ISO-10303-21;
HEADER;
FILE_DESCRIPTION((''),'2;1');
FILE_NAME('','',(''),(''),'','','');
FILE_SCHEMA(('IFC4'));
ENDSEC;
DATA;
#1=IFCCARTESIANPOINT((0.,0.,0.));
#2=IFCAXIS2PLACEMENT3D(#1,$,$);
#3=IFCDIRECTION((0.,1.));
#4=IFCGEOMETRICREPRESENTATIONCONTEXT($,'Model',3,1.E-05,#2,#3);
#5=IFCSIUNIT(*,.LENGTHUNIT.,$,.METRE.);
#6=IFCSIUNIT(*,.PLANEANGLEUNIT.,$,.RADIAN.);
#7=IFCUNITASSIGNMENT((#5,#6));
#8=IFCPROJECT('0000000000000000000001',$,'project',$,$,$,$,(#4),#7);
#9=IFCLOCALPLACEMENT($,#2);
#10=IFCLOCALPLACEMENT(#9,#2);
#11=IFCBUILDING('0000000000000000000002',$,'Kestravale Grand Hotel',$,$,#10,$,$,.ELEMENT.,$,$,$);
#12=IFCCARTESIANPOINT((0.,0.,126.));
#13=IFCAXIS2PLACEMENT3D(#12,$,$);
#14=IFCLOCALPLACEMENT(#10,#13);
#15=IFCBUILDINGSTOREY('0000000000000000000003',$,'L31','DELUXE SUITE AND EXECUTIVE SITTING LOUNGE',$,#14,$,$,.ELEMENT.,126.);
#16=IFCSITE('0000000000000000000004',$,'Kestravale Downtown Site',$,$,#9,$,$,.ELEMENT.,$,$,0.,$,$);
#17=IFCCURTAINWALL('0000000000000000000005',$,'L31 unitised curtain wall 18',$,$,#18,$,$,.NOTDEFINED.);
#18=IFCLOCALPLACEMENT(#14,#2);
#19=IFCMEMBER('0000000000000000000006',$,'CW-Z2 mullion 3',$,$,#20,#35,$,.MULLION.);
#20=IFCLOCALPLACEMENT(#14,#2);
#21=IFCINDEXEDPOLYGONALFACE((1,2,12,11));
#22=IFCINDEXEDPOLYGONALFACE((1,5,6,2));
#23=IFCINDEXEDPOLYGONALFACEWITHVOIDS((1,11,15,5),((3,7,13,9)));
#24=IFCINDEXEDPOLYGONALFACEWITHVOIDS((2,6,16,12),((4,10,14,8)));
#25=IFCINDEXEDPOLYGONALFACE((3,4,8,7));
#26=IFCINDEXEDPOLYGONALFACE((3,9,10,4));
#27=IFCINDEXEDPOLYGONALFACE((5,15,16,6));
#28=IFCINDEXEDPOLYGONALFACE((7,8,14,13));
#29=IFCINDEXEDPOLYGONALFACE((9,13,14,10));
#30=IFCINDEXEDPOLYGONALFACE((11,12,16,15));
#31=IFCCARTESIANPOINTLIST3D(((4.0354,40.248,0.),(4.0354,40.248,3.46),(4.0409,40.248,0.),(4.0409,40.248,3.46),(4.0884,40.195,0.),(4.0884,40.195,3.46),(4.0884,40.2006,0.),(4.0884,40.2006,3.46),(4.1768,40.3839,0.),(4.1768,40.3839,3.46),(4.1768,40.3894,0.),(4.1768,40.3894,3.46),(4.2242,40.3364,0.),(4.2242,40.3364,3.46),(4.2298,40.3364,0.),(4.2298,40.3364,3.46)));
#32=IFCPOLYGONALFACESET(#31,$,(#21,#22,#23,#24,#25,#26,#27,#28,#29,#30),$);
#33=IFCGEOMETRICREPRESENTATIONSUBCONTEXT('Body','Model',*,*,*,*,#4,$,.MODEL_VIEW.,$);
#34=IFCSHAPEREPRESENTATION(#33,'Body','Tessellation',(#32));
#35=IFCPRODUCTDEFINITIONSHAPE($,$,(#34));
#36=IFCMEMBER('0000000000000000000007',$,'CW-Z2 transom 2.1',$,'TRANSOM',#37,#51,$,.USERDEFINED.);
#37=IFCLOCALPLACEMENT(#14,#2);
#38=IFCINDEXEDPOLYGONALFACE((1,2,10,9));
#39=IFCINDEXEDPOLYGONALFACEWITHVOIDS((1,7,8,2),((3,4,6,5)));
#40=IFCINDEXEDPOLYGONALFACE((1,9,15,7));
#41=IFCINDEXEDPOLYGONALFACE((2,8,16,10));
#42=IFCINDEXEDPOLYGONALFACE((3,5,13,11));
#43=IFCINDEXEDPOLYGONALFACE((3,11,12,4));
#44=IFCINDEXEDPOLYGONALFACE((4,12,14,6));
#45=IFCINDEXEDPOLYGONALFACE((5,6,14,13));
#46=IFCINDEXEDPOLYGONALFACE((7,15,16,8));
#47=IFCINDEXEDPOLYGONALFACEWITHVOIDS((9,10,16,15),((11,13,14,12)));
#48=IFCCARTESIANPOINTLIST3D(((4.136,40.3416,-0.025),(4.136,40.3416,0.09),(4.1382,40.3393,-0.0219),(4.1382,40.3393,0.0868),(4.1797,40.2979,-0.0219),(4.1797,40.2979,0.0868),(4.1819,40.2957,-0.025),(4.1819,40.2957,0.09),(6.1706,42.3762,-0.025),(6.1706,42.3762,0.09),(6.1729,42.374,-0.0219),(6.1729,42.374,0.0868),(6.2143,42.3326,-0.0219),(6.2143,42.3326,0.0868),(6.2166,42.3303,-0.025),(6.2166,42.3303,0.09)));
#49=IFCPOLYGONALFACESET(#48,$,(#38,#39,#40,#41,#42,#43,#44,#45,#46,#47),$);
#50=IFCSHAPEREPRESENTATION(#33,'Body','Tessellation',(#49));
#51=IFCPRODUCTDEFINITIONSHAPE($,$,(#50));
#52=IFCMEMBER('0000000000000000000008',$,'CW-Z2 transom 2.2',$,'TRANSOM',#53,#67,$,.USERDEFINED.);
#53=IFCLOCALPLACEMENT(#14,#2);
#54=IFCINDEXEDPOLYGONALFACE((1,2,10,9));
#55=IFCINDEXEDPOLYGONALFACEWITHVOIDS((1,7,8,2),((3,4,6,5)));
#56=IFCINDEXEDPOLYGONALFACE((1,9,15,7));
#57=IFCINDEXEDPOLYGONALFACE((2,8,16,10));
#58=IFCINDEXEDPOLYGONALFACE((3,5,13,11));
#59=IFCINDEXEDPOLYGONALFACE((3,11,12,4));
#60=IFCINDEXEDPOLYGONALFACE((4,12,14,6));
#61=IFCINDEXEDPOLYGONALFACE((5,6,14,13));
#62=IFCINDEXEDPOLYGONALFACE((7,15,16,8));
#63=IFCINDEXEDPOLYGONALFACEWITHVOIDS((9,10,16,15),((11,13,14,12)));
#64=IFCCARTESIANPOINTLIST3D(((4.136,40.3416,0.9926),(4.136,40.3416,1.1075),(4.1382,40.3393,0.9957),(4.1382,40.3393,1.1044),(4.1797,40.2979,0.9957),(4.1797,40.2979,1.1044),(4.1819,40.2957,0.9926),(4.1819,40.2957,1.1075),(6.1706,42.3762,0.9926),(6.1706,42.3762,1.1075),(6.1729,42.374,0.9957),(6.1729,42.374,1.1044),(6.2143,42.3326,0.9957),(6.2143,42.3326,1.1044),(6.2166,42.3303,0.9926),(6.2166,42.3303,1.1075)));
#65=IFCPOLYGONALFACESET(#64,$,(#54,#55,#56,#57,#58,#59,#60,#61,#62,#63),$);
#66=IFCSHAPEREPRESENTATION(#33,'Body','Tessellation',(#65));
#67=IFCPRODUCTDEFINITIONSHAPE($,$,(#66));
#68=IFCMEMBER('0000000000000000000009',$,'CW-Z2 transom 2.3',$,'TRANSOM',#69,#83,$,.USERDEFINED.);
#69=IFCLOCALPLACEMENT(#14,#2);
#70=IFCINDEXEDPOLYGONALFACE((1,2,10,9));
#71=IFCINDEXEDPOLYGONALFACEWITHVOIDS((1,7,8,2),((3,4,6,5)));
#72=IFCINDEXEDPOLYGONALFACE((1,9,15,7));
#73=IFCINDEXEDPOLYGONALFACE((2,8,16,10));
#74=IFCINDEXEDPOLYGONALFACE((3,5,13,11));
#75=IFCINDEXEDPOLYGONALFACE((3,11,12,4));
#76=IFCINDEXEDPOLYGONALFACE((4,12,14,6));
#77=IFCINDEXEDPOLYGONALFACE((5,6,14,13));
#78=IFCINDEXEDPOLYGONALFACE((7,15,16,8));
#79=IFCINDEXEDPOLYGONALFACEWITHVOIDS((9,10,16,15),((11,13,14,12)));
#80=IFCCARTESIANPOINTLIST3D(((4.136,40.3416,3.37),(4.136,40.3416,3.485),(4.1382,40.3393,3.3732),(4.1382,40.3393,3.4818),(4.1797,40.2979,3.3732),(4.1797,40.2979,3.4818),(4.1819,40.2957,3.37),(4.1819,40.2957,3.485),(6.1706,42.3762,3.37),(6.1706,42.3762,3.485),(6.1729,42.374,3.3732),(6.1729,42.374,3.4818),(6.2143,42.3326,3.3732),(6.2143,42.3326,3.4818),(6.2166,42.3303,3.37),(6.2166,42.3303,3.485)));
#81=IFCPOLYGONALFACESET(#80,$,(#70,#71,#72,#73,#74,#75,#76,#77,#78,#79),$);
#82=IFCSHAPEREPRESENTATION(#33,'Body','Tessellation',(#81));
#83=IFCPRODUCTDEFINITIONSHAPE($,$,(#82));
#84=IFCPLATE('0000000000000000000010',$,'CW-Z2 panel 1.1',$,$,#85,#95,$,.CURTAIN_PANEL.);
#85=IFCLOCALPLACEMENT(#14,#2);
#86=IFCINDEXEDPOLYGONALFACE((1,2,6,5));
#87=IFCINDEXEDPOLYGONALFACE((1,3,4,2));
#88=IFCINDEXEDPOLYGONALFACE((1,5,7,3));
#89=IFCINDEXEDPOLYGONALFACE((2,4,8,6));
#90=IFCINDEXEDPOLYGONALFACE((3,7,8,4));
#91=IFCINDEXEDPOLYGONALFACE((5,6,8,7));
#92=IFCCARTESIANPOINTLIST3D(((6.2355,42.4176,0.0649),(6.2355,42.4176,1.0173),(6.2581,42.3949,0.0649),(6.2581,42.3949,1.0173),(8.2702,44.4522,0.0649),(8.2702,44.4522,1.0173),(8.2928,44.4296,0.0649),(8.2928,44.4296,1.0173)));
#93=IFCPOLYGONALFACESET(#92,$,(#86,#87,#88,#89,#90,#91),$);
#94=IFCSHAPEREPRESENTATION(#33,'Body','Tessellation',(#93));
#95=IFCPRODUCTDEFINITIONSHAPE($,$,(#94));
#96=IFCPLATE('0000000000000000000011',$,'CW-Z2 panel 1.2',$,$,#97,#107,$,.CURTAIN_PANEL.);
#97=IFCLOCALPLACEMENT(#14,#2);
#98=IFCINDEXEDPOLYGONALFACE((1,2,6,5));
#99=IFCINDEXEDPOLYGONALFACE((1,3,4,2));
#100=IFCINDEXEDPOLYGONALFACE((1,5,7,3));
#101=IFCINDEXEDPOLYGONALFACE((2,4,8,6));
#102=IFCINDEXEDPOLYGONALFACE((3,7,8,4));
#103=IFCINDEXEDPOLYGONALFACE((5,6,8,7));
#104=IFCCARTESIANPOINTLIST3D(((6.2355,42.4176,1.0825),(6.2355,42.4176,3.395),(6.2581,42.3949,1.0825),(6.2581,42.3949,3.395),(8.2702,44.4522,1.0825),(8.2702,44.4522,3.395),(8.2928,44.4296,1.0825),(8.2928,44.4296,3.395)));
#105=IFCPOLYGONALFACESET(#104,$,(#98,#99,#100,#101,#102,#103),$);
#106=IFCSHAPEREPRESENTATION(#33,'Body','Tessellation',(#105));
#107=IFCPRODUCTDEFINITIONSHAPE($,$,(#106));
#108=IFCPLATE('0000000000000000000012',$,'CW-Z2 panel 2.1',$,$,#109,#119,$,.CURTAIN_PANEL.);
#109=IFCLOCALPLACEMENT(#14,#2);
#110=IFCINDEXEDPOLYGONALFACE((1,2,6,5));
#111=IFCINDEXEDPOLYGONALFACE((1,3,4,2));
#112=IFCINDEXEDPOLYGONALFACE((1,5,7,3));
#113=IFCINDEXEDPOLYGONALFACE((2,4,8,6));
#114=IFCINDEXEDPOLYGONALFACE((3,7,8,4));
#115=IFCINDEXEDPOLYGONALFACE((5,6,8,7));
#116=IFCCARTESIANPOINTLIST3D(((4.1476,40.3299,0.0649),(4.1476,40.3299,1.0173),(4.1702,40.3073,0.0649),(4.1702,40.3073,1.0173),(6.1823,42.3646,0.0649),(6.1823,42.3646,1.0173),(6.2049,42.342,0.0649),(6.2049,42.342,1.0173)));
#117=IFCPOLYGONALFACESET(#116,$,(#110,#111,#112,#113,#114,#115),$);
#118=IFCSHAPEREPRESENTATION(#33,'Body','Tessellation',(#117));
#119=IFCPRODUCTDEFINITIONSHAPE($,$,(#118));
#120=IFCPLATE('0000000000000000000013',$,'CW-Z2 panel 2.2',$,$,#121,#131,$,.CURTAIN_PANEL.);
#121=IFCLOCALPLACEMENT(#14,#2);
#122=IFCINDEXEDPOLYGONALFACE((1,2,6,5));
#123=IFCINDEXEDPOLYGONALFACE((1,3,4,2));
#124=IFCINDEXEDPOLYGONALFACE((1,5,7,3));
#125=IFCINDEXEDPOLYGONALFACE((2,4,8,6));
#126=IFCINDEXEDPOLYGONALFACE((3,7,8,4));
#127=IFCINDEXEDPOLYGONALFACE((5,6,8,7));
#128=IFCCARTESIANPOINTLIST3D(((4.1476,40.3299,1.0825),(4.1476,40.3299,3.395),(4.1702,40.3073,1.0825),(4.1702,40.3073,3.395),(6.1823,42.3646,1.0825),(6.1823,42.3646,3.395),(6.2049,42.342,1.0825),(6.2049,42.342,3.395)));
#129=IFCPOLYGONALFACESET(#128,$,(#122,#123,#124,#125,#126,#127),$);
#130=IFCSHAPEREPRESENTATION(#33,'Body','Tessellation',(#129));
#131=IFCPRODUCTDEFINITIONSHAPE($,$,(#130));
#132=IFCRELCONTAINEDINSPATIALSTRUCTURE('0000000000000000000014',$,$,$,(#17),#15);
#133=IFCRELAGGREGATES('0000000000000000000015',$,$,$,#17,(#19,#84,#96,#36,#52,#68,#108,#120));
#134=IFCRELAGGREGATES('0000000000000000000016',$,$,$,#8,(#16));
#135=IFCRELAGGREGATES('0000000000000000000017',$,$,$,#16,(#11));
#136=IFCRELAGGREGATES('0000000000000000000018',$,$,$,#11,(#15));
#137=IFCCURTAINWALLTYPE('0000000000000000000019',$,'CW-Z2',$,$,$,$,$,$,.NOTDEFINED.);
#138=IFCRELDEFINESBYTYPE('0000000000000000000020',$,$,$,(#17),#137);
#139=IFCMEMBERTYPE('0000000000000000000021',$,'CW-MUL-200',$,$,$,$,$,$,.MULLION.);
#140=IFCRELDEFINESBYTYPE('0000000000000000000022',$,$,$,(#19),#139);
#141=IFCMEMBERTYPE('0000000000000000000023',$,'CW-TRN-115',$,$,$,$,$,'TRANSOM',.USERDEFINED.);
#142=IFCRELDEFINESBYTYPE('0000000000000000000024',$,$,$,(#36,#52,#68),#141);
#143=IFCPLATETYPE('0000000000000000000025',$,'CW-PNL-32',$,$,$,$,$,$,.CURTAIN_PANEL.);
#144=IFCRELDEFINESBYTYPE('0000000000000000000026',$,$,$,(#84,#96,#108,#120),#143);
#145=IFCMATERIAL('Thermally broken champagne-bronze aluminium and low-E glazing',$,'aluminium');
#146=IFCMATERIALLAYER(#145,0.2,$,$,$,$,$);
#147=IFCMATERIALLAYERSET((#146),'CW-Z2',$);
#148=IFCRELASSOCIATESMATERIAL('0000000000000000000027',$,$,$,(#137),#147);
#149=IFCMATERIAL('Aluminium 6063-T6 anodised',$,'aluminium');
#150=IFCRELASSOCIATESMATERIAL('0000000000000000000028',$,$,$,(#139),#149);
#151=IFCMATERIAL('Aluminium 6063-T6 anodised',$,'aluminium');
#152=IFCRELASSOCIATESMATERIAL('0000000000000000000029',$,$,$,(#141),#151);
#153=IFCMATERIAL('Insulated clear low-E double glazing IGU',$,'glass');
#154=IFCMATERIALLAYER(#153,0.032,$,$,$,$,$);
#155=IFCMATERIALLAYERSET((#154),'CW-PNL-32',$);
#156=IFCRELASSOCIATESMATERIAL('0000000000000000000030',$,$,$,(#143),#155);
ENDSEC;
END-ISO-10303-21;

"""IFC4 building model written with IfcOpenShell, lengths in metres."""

from ifc_helpers import new_model, si_unit, direction, frame, origin, origin_2d, place, context, subcontext, project, spatial, rectangle, hollow_rectangle, extrude, material, layer, layer_set, material_profile, profile_set, type_object, element, aggregate, save


model = new_model("IFC4")

# Units and contexts
model_context = context("Model", 3, precision=1e-05, world=origin(), true_north=direction((0.0, 1.0)))
body_context = subcontext(model_context, "Body", "Model", "MODEL_VIEW")
ifc_project = project(units=[si_unit("LENGTHUNIT", "METRE"), si_unit("PLANEANGLEUNIT", "RADIAN")], contexts=[model_context])

# Site, building, storey
site_placement = place(None, origin())
site = spatial("IfcSite", under=ifc_project, at=site_placement, Name="Kestravale Downtown Site", CompositionType="ELEMENT", RefElevation=0.0)
building_placement = place(site_placement, origin())
building = spatial("IfcBuilding", under=site, at=building_placement, Name="Kestravale Grand Hotel", CompositionType="ELEMENT")
storey_placement = place(building_placement, frame((0.0, 0.0, 126.0)))
storey = spatial("IfcBuildingStorey", under=building, at=storey_placement, Name="L31", Description="DELUXE SUITE AND EXECUTIVE SITTING LOUNGE", CompositionType="ELEMENT", Elevation=126.0)

# Curtain wall, members, plates
ifc_material_1 = material(Name="Thermally broken champagne-bronze aluminium and low-E glazing", Category="aluminium")
ifc_layer_1 = layer(ifc_material_1, 0.2)
ifc_layer_set_1 = layer_set([ifc_layer_1], Name="CW-Z2")
curtain_wall_type = type_object("IfcCurtainWallType", Name="CW-Z2", PredefinedType="NOTDEFINED", material=ifc_layer_set_1)
curtain_wall_placement = place(storey_placement, origin())
curtain_wall = element("IfcCurtainWall", 1, at=curtain_wall_placement, inside=storey, type_object=curtain_wall_type, Name="L31 unitised curtain wall 18", PredefinedType="NOTDEFINED")
ifc_material_2 = material(Name="Aluminium 6063-T6 anodised", Category="aluminium")
ifc_material_profile_1 = material_profile(ifc_material_2, hollow_rectangle(XDim=0.075, YDim=0.2, WallThickness=0.0039, at=origin_2d()))
ifc_profile_set_1 = profile_set([ifc_material_profile_1], Name="Aluminium 6063-T6 anodised")
member_type_1 = type_object("IfcMemberType", Name="CW-MUL-200", PredefinedType="MULLION", material=ifc_profile_set_1)
member_1_placement = place(storey_placement, frame((4.1326, 40.2922, 0.0), z_axis=(0.0, 0.0, 1.0), x_axis=(0.707107, -0.707107, 0.0)))
member_1 = element("IfcMember", 2, at=member_1_placement, type_object=member_type_1, Name="CW-Z2 mullion 3", PredefinedType="MULLION", context=body_context, shape_type="SweptSolid", body=[
    extrude(hollow_rectangle(XDim=0.075, YDim=0.2, WallThickness=0.0039, at=origin_2d()), origin(), (0.0, 0.0, 1.0), 3.46),
])
ifc_material_3 = material(Name="Aluminium 6063-T6 anodised", Category="aluminium")
ifc_material_profile_2 = material_profile(ifc_material_3, hollow_rectangle(XDim=0.0649, YDim=0.115, WallThickness=0.0032, at=origin_2d()))
ifc_profile_set_2 = profile_set([ifc_material_profile_2], Name="Aluminium 6063-T6 anodised")
member_type_2 = type_object("IfcMemberType", Name="CW-TRN-115", ElementType="TRANSOM", PredefinedType="USERDEFINED", material=ifc_profile_set_2)
member_2_placement = place(storey_placement, frame((6.1936, 42.3533, 0.0325), z_axis=(-0.707107, -0.707107, 0.0), x_axis=(0.707107, -0.707107, 0.0)))
member_2 = element("IfcMember", 3, at=member_2_placement, type_object=member_type_2, Name="CW-Z2 transom 2.1", ObjectType="TRANSOM", PredefinedType="USERDEFINED", context=body_context, shape_type="SweptSolid", body=[
    extrude(hollow_rectangle(XDim=0.0649, YDim=0.115, WallThickness=0.0032, at=origin_2d()), origin(), (0.0, 0.0, 1.0), 2.8774),
])
member_3_placement = place(storey_placement, frame((6.1936, 42.3533, 1.05), z_axis=(-0.707107, -0.707107, 0.0), x_axis=(0.707107, -0.707107, 0.0)))
member_3 = element("IfcMember", 4, at=member_3_placement, type_object=member_type_2, Name="CW-Z2 transom 2.2", ObjectType="TRANSOM", PredefinedType="USERDEFINED", context=body_context, shape_type="SweptSolid", body=[
    extrude(hollow_rectangle(XDim=0.0649, YDim=0.115, WallThickness=0.0032, at=origin_2d()), origin(), (0.0, 0.0, 1.0), 2.8774),
])
member_4_placement = place(storey_placement, frame((6.1936, 42.3533, 3.4275), z_axis=(-0.707107, -0.707107, 0.0), x_axis=(0.707107, -0.707107, 0.0)))
member_4 = element("IfcMember", 5, at=member_4_placement, type_object=member_type_2, Name="CW-Z2 transom 2.3", ObjectType="TRANSOM", PredefinedType="USERDEFINED", context=body_context, shape_type="SweptSolid", body=[
    extrude(hollow_rectangle(XDim=0.0649, YDim=0.115, WallThickness=0.0032, at=origin_2d()), origin(), (0.0, 0.0, 1.0), 2.8774),
])
ifc_material_4 = material(Name="Insulated clear low-E double glazing IGU", Category="glass")
ifc_layer_2 = layer(ifc_material_4, 0.032)
ifc_layer_set_2 = layer_set([ifc_layer_2], Name="CW-PNL-32")
plate_type = type_object("IfcPlateType", Name="CW-PNL-32", PredefinedType="CURTAIN_PANEL", material=ifc_layer_set_2)
plate_1_placement = place(storey_placement, frame((7.2642, 43.4236, 0.0649), z_axis=(0.0, 0.0, 1.0), x_axis=(-0.707107, -0.707107, 0.0)))
plate_1 = element("IfcPlate", 6, at=plate_1_placement, type_object=plate_type, Name="CW-Z2 panel 1.1", PredefinedType="CURTAIN_PANEL", context=body_context, shape_type="SweptSolid", body=[
    extrude(rectangle(XDim=2.8774, YDim=0.032, at=origin_2d()), origin(), (0.0, 0.0, 1.0), 0.9524),
])
plate_2_placement = place(storey_placement, frame((7.2642, 43.4236, 1.0825), z_axis=(0.0, 0.0, 1.0), x_axis=(-0.707107, -0.707107, 0.0)))
plate_2 = element("IfcPlate", 7, at=plate_2_placement, type_object=plate_type, Name="CW-Z2 panel 1.2", PredefinedType="CURTAIN_PANEL", context=body_context, shape_type="SweptSolid", body=[
    extrude(rectangle(XDim=2.8774, YDim=0.032, at=origin_2d()), origin(), (0.0, 0.0, 1.0), 2.3125),
])
plate_3_placement = place(storey_placement, frame((5.1763, 41.3359, 0.0649), z_axis=(0.0, 0.0, 1.0), x_axis=(-0.707107, -0.707107, 0.0)))
plate_3 = element("IfcPlate", 8, at=plate_3_placement, type_object=plate_type, Name="CW-Z2 panel 2.1", PredefinedType="CURTAIN_PANEL", context=body_context, shape_type="SweptSolid", body=[
    extrude(rectangle(XDim=2.8774, YDim=0.032, at=origin_2d()), origin(), (0.0, 0.0, 1.0), 0.9524),
])
plate_4_placement = place(storey_placement, frame((5.1763, 41.3359, 1.0825), z_axis=(0.0, 0.0, 1.0), x_axis=(-0.707107, -0.707107, 0.0)))
plate_4 = element("IfcPlate", 9, at=plate_4_placement, type_object=plate_type, Name="CW-Z2 panel 2.2", PredefinedType="CURTAIN_PANEL", context=body_context, shape_type="SweptSolid", body=[
    extrude(rectangle(XDim=2.8774, YDim=0.032, at=origin_2d()), origin(), (0.0, 0.0, 1.0), 2.3125),
])
aggregate(curtain_wall, [member_1, plate_1, plate_2, member_2, member_3, member_4, plate_3, plate_4])

save(model, "model.ifc")
